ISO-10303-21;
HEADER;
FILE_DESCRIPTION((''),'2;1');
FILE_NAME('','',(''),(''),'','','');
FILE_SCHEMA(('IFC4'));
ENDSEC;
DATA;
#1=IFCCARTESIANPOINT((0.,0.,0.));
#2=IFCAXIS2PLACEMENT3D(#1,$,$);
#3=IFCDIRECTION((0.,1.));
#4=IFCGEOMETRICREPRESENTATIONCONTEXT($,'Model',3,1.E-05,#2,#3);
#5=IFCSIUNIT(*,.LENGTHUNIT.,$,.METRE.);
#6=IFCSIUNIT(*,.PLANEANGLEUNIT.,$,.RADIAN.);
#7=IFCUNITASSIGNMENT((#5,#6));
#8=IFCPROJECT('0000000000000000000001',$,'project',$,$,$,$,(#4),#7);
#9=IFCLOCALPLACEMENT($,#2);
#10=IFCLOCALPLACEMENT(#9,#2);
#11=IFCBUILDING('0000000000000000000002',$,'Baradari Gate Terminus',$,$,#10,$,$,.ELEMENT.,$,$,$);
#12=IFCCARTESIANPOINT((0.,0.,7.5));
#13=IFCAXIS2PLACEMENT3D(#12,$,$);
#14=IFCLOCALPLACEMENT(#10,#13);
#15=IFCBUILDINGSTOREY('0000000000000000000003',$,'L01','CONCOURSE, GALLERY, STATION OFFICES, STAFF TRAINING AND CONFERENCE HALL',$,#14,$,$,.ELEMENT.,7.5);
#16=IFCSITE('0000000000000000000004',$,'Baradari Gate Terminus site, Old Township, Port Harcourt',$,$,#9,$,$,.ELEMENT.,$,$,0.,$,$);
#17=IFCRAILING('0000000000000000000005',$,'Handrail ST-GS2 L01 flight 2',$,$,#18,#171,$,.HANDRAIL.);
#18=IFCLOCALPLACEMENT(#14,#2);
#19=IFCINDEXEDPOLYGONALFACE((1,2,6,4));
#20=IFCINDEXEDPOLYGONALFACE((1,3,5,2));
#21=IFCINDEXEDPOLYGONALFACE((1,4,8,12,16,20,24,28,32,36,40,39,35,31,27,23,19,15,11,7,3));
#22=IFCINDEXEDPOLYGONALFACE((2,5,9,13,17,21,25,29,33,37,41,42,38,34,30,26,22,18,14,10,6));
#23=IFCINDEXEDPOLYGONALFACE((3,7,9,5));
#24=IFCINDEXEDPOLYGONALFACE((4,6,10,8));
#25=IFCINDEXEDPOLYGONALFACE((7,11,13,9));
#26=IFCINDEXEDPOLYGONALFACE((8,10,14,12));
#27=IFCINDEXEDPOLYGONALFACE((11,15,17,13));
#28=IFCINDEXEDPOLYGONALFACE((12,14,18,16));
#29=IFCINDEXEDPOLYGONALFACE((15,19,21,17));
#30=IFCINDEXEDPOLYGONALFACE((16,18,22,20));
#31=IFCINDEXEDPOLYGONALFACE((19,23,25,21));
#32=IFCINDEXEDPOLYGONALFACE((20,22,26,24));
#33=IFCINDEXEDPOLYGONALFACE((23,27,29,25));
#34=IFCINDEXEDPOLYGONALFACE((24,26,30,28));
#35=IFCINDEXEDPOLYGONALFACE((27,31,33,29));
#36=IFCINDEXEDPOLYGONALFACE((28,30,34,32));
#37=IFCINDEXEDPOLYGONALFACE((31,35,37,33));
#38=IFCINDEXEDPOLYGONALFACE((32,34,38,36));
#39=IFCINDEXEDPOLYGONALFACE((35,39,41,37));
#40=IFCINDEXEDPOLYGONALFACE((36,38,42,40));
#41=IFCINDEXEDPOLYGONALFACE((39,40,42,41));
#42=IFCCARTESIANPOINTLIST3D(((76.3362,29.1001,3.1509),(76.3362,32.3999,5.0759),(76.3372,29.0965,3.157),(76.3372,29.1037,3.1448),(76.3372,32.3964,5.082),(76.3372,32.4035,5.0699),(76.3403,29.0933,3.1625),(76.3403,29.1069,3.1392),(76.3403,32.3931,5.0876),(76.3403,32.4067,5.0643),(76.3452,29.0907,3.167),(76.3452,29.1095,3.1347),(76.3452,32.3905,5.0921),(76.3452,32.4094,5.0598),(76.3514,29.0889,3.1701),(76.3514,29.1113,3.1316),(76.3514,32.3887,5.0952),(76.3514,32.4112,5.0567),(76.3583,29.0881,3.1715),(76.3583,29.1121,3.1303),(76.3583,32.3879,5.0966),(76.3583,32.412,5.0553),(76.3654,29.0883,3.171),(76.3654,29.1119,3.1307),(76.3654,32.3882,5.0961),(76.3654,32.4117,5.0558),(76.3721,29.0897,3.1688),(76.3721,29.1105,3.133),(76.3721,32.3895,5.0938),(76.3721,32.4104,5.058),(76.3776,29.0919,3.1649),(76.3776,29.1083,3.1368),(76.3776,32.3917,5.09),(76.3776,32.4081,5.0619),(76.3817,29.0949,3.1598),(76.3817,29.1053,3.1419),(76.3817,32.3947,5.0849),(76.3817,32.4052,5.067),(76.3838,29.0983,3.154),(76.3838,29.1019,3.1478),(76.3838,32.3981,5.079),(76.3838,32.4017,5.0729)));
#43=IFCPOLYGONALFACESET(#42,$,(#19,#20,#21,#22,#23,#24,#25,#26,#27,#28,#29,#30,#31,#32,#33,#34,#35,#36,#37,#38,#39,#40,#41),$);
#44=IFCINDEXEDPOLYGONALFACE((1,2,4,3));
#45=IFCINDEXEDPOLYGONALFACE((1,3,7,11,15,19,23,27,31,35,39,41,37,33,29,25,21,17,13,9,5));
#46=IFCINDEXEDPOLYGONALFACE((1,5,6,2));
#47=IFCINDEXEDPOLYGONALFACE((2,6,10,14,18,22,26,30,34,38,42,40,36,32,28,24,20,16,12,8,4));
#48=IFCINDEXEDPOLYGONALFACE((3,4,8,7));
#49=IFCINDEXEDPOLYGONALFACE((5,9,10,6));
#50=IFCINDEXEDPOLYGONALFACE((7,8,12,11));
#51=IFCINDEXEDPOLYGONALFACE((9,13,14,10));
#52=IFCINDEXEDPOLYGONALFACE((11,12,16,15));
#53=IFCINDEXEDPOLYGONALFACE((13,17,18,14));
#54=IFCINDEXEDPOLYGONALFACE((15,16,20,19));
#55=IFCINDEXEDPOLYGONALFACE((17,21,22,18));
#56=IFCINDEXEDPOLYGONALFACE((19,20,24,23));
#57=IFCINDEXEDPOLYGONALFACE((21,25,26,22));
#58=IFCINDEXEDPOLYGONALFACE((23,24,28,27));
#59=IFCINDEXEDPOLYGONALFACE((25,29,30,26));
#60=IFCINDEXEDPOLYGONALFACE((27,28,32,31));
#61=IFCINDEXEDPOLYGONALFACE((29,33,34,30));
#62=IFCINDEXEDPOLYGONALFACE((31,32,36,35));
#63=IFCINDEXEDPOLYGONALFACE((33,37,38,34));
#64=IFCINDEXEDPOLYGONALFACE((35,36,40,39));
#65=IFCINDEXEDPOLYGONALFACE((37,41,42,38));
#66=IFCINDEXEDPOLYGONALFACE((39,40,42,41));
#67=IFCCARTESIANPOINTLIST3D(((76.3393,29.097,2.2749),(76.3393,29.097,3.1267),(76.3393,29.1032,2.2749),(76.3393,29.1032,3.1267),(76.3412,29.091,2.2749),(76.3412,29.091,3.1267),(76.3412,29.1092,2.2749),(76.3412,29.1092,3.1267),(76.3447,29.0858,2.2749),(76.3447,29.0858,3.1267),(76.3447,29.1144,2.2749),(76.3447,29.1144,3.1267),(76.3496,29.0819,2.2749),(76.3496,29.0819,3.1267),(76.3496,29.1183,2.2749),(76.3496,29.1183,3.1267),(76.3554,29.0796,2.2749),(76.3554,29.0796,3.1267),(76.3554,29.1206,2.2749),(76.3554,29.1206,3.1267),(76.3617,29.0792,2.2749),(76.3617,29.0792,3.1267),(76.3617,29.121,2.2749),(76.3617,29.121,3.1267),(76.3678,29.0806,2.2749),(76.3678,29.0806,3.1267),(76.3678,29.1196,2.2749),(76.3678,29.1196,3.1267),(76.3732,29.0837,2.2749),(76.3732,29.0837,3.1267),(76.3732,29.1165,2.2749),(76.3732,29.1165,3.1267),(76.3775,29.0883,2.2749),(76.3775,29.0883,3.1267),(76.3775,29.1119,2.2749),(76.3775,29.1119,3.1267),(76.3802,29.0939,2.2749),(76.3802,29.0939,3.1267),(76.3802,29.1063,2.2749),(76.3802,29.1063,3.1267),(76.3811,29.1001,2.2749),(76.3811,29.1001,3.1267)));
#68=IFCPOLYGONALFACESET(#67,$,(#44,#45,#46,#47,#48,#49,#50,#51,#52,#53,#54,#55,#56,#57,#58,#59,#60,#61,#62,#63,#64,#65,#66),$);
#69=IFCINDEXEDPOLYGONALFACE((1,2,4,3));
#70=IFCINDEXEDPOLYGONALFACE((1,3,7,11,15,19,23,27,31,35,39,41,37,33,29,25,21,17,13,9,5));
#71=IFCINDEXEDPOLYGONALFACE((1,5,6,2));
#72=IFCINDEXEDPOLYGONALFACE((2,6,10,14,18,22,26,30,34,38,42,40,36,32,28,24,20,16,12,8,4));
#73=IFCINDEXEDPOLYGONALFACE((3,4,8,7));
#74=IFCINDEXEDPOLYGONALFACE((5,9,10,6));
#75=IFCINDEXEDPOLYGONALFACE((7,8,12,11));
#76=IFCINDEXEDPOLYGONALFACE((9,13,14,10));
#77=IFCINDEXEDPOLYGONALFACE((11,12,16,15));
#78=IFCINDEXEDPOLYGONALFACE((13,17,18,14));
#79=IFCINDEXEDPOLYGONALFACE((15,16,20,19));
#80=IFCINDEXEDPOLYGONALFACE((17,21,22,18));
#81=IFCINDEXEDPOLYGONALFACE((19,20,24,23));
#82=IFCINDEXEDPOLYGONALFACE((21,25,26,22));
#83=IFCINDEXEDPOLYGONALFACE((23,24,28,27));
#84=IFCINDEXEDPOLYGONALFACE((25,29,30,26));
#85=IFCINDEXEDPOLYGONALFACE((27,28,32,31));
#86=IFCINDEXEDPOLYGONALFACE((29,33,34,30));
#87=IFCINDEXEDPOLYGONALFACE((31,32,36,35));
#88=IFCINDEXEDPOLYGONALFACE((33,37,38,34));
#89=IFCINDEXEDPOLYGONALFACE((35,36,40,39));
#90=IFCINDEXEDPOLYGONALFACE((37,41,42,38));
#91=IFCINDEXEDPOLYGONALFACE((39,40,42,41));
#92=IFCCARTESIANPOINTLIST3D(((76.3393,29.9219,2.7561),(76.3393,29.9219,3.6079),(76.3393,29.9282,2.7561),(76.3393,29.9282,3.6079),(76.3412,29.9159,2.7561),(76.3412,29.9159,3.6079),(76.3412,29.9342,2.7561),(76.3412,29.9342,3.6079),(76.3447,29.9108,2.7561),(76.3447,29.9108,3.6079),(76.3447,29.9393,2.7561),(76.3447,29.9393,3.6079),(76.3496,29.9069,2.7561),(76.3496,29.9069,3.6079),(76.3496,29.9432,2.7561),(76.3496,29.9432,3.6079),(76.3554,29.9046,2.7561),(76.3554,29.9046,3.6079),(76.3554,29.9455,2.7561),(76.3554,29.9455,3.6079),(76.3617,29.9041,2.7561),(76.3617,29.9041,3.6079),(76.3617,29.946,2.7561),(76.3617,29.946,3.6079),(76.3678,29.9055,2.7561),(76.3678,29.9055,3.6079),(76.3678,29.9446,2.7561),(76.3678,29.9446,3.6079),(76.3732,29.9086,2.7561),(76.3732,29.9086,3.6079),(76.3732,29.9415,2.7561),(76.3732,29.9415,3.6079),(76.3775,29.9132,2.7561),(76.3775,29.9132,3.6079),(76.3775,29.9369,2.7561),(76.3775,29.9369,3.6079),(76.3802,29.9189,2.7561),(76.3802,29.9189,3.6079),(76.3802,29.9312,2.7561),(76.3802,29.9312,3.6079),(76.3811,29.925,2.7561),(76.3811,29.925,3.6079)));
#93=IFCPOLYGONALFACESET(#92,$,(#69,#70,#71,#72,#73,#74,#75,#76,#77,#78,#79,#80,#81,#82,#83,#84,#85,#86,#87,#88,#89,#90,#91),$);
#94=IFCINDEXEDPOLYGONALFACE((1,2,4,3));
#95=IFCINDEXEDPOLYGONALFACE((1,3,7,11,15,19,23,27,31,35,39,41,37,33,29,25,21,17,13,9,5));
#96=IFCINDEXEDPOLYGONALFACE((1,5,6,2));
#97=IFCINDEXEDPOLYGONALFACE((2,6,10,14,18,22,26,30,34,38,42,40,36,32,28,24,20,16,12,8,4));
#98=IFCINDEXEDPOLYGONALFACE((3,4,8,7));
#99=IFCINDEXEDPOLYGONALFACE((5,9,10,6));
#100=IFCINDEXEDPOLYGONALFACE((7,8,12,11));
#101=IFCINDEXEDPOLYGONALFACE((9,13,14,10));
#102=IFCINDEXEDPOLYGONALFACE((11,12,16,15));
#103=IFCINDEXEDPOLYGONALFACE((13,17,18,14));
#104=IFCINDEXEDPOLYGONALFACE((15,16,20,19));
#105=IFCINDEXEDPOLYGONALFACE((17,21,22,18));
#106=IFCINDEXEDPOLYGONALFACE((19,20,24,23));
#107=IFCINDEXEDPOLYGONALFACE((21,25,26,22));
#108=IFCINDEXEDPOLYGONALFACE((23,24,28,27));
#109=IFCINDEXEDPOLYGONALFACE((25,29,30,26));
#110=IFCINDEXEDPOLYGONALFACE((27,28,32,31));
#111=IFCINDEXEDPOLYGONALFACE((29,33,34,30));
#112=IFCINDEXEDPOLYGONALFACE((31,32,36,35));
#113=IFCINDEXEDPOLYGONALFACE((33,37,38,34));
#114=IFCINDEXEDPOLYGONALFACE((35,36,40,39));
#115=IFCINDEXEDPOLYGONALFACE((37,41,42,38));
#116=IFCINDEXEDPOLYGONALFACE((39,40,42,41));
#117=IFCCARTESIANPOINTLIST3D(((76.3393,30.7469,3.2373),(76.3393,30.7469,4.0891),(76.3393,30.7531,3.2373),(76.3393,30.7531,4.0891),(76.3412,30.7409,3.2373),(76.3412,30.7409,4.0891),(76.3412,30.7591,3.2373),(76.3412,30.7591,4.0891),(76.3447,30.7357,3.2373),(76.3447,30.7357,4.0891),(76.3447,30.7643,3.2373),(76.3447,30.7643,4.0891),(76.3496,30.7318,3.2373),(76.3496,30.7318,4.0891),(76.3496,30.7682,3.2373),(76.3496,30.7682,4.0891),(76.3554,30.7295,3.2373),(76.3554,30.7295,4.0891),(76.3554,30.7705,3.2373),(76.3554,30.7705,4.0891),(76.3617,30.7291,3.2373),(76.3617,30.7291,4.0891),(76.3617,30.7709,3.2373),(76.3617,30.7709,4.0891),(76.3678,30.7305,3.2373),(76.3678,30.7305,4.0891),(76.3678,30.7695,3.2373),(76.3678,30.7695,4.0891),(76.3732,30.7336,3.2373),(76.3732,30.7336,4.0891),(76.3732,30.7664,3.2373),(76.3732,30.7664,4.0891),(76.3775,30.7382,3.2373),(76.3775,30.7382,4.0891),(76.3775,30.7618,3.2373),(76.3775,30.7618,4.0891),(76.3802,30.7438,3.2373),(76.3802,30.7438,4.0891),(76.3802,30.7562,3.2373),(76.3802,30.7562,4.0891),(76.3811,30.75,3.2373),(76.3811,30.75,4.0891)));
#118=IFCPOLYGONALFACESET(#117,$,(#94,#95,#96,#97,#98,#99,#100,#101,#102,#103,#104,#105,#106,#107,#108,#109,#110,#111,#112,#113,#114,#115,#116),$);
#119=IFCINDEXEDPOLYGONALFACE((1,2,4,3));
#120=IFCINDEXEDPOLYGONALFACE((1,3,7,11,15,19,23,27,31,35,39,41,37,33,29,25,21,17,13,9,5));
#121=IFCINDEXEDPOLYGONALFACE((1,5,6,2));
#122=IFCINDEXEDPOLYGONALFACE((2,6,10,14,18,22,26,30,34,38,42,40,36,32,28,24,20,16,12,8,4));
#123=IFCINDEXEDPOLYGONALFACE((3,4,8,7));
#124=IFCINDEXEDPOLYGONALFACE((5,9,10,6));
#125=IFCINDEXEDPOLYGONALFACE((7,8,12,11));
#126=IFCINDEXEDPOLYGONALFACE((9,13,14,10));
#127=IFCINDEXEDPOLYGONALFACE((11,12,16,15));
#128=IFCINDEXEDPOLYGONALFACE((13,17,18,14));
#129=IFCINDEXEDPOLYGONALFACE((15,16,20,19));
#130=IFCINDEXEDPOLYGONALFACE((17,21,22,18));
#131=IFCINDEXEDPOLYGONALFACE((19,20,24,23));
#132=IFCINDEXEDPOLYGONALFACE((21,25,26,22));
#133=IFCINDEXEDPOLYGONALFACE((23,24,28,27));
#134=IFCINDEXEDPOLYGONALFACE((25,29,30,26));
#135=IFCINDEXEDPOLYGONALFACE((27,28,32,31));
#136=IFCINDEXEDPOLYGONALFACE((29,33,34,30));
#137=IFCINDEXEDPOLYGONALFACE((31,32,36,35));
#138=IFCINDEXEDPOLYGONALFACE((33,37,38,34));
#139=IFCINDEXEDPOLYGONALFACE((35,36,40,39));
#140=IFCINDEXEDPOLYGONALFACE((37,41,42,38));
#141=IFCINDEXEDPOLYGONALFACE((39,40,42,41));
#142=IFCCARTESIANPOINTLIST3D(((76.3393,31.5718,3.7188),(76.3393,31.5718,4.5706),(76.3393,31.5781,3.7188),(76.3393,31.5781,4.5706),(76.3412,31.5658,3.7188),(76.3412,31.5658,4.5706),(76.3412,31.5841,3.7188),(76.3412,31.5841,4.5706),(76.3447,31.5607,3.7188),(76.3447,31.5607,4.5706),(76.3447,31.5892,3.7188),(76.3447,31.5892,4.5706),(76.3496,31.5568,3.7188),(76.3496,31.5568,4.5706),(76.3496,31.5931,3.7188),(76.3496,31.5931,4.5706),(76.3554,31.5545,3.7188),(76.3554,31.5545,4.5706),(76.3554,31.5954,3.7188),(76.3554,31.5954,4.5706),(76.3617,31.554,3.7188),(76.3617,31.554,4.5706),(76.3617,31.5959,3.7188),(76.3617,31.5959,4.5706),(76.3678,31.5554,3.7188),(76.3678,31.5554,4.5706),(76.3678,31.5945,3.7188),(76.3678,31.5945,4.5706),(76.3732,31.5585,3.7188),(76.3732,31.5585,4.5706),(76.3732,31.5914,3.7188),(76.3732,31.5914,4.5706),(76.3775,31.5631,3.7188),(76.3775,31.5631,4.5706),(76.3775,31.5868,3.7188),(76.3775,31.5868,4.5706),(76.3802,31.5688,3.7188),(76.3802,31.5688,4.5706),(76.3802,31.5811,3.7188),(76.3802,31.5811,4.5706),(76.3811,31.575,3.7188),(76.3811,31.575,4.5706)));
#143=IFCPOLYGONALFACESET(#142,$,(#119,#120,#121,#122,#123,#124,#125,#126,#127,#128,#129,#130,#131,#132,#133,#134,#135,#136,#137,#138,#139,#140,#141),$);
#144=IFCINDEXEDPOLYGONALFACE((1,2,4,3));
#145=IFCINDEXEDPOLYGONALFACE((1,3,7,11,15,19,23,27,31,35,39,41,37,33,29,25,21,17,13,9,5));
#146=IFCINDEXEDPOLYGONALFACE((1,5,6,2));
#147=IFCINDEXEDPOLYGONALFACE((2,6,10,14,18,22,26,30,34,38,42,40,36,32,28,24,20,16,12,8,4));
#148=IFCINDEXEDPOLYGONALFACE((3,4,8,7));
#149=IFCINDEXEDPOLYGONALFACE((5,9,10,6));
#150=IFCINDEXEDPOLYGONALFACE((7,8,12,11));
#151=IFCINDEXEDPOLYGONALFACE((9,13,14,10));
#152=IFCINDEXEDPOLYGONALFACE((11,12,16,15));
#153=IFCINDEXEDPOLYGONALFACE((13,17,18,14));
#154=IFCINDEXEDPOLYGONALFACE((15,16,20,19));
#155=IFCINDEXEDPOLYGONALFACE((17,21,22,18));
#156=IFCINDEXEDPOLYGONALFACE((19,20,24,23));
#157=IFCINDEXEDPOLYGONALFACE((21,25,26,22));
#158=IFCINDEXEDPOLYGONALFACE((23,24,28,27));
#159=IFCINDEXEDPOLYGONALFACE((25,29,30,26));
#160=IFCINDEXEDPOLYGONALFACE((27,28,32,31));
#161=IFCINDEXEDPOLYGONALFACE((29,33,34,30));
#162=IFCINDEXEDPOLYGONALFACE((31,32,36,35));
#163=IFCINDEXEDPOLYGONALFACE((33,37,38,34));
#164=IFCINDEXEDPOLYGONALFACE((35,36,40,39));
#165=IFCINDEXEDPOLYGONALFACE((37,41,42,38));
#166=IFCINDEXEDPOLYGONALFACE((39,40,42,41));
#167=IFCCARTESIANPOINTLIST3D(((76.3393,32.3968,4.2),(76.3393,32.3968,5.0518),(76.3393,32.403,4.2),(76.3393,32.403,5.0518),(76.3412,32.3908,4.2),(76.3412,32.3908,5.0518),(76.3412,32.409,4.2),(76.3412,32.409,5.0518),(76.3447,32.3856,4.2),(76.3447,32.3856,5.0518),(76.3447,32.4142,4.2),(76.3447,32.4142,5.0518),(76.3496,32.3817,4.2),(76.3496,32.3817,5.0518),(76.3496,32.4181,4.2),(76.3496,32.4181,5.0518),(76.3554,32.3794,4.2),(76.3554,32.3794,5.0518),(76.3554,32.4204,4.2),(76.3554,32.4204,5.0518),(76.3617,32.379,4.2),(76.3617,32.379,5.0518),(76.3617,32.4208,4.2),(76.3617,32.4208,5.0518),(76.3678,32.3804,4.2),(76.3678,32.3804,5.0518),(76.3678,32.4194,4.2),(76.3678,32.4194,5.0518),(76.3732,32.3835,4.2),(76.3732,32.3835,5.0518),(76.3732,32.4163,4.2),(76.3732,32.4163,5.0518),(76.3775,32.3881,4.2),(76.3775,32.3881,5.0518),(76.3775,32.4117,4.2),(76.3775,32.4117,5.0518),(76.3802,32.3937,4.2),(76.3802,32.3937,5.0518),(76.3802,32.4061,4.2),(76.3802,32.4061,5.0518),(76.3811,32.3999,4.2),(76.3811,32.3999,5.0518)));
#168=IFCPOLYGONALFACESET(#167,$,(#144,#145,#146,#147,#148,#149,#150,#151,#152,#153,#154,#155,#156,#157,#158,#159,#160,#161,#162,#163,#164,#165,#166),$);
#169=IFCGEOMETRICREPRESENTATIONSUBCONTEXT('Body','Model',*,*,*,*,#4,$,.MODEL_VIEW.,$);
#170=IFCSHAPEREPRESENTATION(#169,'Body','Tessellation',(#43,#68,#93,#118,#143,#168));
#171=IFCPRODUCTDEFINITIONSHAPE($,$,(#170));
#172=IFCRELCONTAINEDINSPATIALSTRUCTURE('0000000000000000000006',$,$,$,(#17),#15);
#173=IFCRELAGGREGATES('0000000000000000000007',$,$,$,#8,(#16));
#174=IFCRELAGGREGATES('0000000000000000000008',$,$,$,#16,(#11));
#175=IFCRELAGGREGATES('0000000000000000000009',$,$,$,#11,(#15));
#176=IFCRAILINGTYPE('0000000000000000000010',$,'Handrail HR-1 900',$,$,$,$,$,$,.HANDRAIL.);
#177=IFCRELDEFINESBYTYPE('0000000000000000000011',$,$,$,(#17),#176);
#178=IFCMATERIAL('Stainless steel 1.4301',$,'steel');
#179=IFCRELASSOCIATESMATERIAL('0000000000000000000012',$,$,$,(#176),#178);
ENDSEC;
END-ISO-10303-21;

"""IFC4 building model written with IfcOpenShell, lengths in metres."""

from ifc_helpers import new_model, si_unit, direction, frame, origin, origin_2d, place, context, subcontext, project, spatial, circle, extrude, material, type_object, element, save


model = new_model("IFC4")

# Units and contexts
model_context = context("Model", 3, precision=1e-05, world=origin(), true_north=direction((0.0, 1.0)))
body_context = subcontext(model_context, "Body", "Model", "MODEL_VIEW")
ifc_project = project(units=[si_unit("LENGTHUNIT", "METRE"), si_unit("PLANEANGLEUNIT", "RADIAN")], contexts=[model_context])

# Site, building, storey
site_placement = place(None, origin())
site = spatial("IfcSite", under=ifc_project, at=site_placement, Name="Baradari Gate Terminus site, Old Township, Port Harcourt", CompositionType="ELEMENT", RefElevation=0.0)
building_placement = place(site_placement, origin())
building = spatial("IfcBuilding", under=site, at=building_placement, Name="Baradari Gate Terminus", CompositionType="ELEMENT")
storey_placement = place(building_placement, frame((0.0, 0.0, 7.5)))
storey = spatial("IfcBuildingStorey", under=building, at=storey_placement, Name="L01", Description="CONCOURSE, GALLERY, STATION OFFICES, STAFF TRAINING AND CONFERENCE HALL", CompositionType="ELEMENT", Elevation=7.5)

# Railing
ifc_material_1 = material(Name="Stainless steel 1.4301", Category="steel")
railing_type = type_object("IfcRailingType", Name="Handrail HR-1 900", PredefinedType="HANDRAIL", material=ifc_material_1)
for number, where, name in (
    (1, (76.3601, 29.1001, 2.2749), "Handrail ST-GS2 L01 flight 2"),
):
    element("IfcRailing", number, at=place(storey_placement, frame(where)), inside=storey, type_object=railing_type, Name=name, PredefinedType="HANDRAIL", context=body_context, shape_type="SweptSolid", body=[
        extrude(circle(Radius=0.0239, at=origin_2d()), frame((0.0, 0.0, 0.876), z_axis=(0.0, 0.86376, 0.503903), x_axis=(-1.0, 0.0, 0.0)), (0.0, 0.0, 1.0), 3.8203),
        extrude(circle(Radius=0.021, at=origin_2d()), origin(), (0.0, 0.0, 1.0), 0.8518),
        extrude(circle(Radius=0.021, at=origin_2d()), frame((0.0, 0.825, 0.4812)), (0.0, 0.0, 1.0), 0.8518),
        extrude(circle(Radius=0.021, at=origin_2d()), frame((0.0, 1.6499, 0.9624)), (0.0, 0.0, 1.0), 0.8518),
        extrude(circle(Radius=0.021, at=origin_2d()), frame((0.0, 2.4749, 1.4438)), (0.0, 0.0, 1.0), 0.8518),
        extrude(circle(Radius=0.021, at=origin_2d()), frame((0.0, 3.2998, 1.925)), (0.0, 0.0, 1.0), 0.8518),
    ])

save(model, "model.ifc")
